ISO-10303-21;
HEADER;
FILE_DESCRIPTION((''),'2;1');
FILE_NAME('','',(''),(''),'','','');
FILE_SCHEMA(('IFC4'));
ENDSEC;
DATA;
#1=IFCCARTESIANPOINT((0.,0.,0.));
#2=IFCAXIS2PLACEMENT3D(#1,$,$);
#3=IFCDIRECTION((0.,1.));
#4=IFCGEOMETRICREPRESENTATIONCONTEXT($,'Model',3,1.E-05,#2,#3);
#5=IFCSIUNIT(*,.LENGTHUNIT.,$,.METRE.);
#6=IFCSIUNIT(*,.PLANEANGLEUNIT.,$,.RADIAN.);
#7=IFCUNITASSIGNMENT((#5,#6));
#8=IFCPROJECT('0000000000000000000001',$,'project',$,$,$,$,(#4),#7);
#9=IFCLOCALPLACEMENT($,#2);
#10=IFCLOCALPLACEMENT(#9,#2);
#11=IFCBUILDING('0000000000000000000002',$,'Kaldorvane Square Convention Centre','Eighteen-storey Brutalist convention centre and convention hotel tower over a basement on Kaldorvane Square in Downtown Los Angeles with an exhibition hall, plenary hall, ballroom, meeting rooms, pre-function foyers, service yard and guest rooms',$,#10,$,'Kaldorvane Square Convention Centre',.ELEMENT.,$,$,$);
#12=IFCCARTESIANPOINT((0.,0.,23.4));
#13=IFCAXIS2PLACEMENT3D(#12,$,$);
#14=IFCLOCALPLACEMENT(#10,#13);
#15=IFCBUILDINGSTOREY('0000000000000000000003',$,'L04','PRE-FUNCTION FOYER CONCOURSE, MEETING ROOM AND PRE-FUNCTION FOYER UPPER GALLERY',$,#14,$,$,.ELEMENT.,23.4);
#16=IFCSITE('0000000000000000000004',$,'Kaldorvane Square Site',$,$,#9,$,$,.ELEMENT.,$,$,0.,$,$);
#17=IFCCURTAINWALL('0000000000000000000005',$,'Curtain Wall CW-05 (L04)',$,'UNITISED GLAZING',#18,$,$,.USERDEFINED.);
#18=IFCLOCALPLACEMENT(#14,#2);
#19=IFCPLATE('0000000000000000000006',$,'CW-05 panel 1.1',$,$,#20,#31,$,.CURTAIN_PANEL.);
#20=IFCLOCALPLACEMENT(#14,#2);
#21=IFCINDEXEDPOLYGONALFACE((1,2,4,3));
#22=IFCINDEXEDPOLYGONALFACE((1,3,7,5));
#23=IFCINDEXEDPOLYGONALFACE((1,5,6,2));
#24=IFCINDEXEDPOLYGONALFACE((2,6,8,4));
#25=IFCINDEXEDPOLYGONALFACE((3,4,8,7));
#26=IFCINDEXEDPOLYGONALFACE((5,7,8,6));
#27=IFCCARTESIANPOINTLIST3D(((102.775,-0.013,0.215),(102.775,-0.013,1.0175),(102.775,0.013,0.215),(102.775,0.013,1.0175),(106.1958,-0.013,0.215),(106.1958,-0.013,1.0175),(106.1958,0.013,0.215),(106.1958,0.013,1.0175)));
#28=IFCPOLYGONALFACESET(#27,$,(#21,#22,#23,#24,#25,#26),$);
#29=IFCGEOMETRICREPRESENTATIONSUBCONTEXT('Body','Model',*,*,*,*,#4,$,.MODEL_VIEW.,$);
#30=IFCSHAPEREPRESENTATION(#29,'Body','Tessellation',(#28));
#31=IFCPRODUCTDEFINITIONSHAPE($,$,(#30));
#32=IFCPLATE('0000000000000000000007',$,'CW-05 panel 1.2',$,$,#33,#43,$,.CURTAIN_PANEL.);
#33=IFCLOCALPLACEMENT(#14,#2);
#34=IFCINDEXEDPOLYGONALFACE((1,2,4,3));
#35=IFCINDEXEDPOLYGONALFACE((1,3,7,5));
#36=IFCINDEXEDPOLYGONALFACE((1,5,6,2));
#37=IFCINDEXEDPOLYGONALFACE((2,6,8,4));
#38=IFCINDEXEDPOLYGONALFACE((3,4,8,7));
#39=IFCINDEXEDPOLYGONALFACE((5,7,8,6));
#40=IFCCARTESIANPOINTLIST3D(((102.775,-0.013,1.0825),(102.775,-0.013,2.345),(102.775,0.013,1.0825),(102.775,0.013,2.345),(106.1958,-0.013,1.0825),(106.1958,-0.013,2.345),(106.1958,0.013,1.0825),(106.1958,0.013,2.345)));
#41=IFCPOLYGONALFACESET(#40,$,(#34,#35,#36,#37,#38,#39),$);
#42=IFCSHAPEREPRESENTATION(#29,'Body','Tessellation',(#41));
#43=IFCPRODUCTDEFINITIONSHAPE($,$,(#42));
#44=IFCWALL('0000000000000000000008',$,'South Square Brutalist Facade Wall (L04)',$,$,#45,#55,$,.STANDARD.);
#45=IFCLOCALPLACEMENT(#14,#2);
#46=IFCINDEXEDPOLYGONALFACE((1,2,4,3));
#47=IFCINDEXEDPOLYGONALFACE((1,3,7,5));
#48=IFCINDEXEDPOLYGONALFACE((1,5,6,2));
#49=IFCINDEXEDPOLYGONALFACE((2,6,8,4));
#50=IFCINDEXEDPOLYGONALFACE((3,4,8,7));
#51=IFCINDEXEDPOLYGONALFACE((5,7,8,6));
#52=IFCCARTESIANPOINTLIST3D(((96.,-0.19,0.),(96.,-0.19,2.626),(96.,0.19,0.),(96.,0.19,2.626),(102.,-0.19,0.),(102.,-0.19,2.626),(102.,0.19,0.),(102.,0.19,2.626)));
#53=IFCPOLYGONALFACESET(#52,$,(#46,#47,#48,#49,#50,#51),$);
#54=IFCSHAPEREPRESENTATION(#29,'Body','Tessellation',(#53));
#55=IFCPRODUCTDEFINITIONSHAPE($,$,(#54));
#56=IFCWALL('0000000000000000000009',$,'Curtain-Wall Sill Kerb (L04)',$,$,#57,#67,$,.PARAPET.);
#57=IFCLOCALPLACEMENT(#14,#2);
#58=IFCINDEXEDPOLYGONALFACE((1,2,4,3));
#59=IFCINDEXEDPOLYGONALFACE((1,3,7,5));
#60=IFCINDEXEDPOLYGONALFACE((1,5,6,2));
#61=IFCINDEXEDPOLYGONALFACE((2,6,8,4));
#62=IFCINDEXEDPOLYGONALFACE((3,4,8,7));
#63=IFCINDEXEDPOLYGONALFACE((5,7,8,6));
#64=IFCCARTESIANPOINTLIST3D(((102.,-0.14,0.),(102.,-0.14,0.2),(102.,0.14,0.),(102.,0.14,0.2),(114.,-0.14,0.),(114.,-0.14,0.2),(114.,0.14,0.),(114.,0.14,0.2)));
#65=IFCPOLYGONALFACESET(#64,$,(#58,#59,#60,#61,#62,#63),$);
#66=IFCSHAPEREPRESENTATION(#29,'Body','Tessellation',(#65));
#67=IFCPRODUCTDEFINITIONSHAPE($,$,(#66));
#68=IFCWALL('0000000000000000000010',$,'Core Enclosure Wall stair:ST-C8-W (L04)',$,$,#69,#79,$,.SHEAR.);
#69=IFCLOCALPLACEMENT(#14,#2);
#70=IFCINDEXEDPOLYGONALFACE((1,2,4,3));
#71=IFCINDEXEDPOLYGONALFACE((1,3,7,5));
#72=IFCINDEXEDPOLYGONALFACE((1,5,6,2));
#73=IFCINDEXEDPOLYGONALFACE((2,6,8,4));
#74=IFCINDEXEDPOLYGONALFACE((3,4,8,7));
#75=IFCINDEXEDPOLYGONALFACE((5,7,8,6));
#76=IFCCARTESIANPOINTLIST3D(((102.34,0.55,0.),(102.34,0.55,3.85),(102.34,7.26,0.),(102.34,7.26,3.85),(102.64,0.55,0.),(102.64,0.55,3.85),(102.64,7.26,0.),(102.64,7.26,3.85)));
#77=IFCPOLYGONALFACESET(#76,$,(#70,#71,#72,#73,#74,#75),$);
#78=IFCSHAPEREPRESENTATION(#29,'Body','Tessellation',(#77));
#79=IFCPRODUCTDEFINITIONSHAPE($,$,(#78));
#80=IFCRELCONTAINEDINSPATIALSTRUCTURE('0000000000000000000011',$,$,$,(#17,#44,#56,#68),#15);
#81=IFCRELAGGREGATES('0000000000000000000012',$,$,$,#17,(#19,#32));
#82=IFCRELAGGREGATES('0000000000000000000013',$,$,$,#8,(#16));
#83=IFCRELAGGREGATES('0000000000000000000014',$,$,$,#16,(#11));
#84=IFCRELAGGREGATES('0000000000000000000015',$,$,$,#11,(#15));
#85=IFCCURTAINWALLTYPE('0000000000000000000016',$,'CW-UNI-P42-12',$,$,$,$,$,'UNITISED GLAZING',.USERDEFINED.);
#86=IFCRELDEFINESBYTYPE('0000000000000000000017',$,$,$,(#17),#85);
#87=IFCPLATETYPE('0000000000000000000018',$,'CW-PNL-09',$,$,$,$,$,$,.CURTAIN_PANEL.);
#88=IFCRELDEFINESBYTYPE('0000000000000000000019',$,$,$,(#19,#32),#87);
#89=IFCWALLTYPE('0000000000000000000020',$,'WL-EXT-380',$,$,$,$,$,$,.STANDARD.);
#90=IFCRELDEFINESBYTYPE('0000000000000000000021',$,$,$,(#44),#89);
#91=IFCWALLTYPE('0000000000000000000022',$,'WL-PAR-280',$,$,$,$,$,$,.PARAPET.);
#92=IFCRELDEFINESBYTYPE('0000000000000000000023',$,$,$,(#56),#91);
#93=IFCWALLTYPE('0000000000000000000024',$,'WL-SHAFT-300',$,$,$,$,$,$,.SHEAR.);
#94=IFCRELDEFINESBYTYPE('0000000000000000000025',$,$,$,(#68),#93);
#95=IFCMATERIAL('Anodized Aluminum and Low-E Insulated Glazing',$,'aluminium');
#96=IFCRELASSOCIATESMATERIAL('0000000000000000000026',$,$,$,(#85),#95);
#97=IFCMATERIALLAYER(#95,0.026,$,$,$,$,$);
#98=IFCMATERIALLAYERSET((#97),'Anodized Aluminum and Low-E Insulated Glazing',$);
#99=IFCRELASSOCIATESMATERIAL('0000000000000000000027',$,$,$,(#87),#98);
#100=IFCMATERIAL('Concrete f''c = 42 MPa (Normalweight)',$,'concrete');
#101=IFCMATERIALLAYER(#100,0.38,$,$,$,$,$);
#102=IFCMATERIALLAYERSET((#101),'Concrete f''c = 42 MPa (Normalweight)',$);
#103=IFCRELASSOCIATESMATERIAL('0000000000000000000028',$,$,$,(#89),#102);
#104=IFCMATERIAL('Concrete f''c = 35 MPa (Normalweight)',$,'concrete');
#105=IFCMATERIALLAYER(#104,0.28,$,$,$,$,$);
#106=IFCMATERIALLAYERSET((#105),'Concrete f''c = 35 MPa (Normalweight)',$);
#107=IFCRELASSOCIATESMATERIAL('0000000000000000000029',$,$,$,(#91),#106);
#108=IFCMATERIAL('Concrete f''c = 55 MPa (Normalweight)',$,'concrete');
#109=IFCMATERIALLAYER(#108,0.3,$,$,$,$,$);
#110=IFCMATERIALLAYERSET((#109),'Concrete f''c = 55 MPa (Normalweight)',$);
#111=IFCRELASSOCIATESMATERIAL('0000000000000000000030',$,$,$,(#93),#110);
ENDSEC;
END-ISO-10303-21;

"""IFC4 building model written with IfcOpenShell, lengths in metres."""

from ifc_helpers import new_model, si_unit, direction, frame, frame_2d, origin, origin_2d, place, context, subcontext, project, spatial, rectangle, extrude, material, layer, layer_set, type_object, element, aggregate, save


model = new_model("IFC4")

# Units and contexts
model_context = context("Model", 3, precision=1e-05, world=origin(), true_north=direction((0.0, 1.0)))
body_context = subcontext(model_context, "Body", "Model", "MODEL_VIEW")
ifc_project = project(units=[si_unit("LENGTHUNIT", "METRE"), si_unit("PLANEANGLEUNIT", "RADIAN")], contexts=[model_context])

# Site, building, storey
site_placement = place(None, origin())
site = spatial("IfcSite", under=ifc_project, at=site_placement, Name="Kaldorvane Square Site", CompositionType="ELEMENT", RefElevation=0.0)
building_placement = place(site_placement, origin())
building = spatial("IfcBuilding", under=site, at=building_placement, Name="Kaldorvane Square Convention Centre", Description="Eighteen-storey Brutalist convention centre and convention hotel tower over a basement on Kaldorvane Square in Downtown Los Angeles with an exhibition hall, plenary hall, ballroom, meeting rooms, pre-function foyers, service yard and guest rooms", LongName="Kaldorvane Square Convention Centre", CompositionType="ELEMENT")
storey_placement = place(building_placement, frame((0.0, 0.0, 23.4)))
storey = spatial("IfcBuildingStorey", under=building, at=storey_placement, Name="L04", Description="PRE-FUNCTION FOYER CONCOURSE, MEETING ROOM AND PRE-FUNCTION FOYER UPPER GALLERY", CompositionType="ELEMENT", Elevation=23.4)

# Shared definitions
ifc_material_1 = material(Name="Concrete f'c = 55 MPa (Normalweight)", Category="concrete")

# Shared definitions
ifc_material_2 = material(Name="Concrete f'c = 42 MPa (Normalweight)", Category="concrete")

# Curtain wall
ifc_material_3 = material(Name="Anodized Aluminum and Low-E Insulated Glazing", Category="aluminium")
curtain_wall_type = type_object("IfcCurtainWallType", Name="CW-UNI-P42-12", ElementType="UNITISED GLAZING", PredefinedType="USERDEFINED", material=ifc_material_3)
curtain_wall_placement = place(storey_placement, origin())
curtain_wall = element("IfcCurtainWall", 1, at=curtain_wall_placement, inside=storey, type_object=curtain_wall_type, Name="Curtain Wall CW-05 (L04)", ObjectType="UNITISED GLAZING", PredefinedType="USERDEFINED")

# Plates
ifc_layer_1 = layer(ifc_material_3, 0.026)
ifc_layer_set_1 = layer_set([ifc_layer_1], Name="Anodized Aluminum and Low-E Insulated Glazing")
plate_type = type_object("IfcPlateType", Name="CW-PNL-09", PredefinedType="CURTAIN_PANEL", material=ifc_layer_set_1)
plate_1_placement = place(storey_placement, frame((104.4854, 0.0, 0.215), z_axis=(0.0, 0.0, 1.0), x_axis=(1.0, 0.0, 0.0)))
plate_1 = element("IfcPlate", 2, at=plate_1_placement, type_object=plate_type, Name="CW-05 panel 1.1", PredefinedType="CURTAIN_PANEL", context=body_context, shape_type="SweptSolid", body=[
    extrude(rectangle(XDim=3.4208, YDim=0.026, at=origin_2d()), origin(), (0.0, 0.0, 1.0), 0.8025),
])
plate_2_placement = place(storey_placement, frame((104.4854, 0.0, 1.0825), z_axis=(0.0, 0.0, 1.0), x_axis=(1.0, 0.0, 0.0)))
plate_2 = element("IfcPlate", 3, at=plate_2_placement, type_object=plate_type, Name="CW-05 panel 1.2", PredefinedType="CURTAIN_PANEL", context=body_context, shape_type="SweptSolid", body=[
    extrude(rectangle(XDim=3.4208, YDim=0.026, at=origin_2d()), origin(), (0.0, 0.0, 1.0), 1.2625),
])
aggregate(curtain_wall, [plate_1, plate_2])

# Walls
ifc_layer_2 = layer(ifc_material_2, 0.38)
ifc_layer_set_2 = layer_set([ifc_layer_2], Name="Concrete f'c = 42 MPa (Normalweight)")
wall_type_1 = type_object("IfcWallType", Name="WL-EXT-380", PredefinedType="STANDARD", material=ifc_layer_set_2)
wall_1_placement = place(storey_placement, frame((96.0, 0.0, 0.0), z_axis=(0.0, 0.0, 1.0), x_axis=(1.0, 0.0, 0.0)))
element("IfcWall", 4, at=wall_1_placement, inside=storey, type_object=wall_type_1, Name="South Square Brutalist Facade Wall (L04)", PredefinedType="STANDARD", context=body_context, shape_type="SweptSolid", body=[
    extrude(rectangle(XDim=6.0, YDim=0.38, at=frame_2d((3.0, 0.0))), origin(), (0.0, 0.0, 1.0), 2.626),
])
ifc_material_4 = material(Name="Concrete f'c = 35 MPa (Normalweight)", Category="concrete")
ifc_layer_3 = layer(ifc_material_4, 0.28)
ifc_layer_set_3 = layer_set([ifc_layer_3], Name="Concrete f'c = 35 MPa (Normalweight)")
wall_type_2 = type_object("IfcWallType", Name="WL-PAR-280", PredefinedType="PARAPET", material=ifc_layer_set_3)
wall_2_placement = place(storey_placement, frame((102.0, 0.0, 0.0), z_axis=(0.0, 0.0, 1.0), x_axis=(1.0, 0.0, 0.0)))
element("IfcWall", 5, at=wall_2_placement, inside=storey, type_object=wall_type_2, Name="Curtain-Wall Sill Kerb (L04)", PredefinedType="PARAPET", context=body_context, shape_type="SweptSolid", body=[
    extrude(rectangle(XDim=12.0, YDim=0.28, at=frame_2d((6.0, 0.0))), origin(), (0.0, 0.0, 1.0), 0.2),
])
ifc_layer_4 = layer(ifc_material_1, 0.3)
ifc_layer_set_4 = layer_set([ifc_layer_4], Name="Concrete f'c = 55 MPa (Normalweight)")
wall_type_3 = type_object("IfcWallType", Name="WL-SHAFT-300", PredefinedType="SHEAR", material=ifc_layer_set_4)
wall_3_placement = place(storey_placement, frame((102.49, 7.26, 0.0), z_axis=(0.0, 0.0, 1.0), x_axis=(0.0, -1.0, 0.0)))
element("IfcWall", 6, at=wall_3_placement, inside=storey, type_object=wall_type_3, Name="Core Enclosure Wall stair:ST-C8-W (L04)", PredefinedType="SHEAR", context=body_context, shape_type="SweptSolid", body=[
    extrude(rectangle(XDim=6.71, YDim=0.3, at=frame_2d((3.355, 0.0))), origin(), (0.0, 0.0, 1.0), 3.85),
])

save(model, "model.ifc")
